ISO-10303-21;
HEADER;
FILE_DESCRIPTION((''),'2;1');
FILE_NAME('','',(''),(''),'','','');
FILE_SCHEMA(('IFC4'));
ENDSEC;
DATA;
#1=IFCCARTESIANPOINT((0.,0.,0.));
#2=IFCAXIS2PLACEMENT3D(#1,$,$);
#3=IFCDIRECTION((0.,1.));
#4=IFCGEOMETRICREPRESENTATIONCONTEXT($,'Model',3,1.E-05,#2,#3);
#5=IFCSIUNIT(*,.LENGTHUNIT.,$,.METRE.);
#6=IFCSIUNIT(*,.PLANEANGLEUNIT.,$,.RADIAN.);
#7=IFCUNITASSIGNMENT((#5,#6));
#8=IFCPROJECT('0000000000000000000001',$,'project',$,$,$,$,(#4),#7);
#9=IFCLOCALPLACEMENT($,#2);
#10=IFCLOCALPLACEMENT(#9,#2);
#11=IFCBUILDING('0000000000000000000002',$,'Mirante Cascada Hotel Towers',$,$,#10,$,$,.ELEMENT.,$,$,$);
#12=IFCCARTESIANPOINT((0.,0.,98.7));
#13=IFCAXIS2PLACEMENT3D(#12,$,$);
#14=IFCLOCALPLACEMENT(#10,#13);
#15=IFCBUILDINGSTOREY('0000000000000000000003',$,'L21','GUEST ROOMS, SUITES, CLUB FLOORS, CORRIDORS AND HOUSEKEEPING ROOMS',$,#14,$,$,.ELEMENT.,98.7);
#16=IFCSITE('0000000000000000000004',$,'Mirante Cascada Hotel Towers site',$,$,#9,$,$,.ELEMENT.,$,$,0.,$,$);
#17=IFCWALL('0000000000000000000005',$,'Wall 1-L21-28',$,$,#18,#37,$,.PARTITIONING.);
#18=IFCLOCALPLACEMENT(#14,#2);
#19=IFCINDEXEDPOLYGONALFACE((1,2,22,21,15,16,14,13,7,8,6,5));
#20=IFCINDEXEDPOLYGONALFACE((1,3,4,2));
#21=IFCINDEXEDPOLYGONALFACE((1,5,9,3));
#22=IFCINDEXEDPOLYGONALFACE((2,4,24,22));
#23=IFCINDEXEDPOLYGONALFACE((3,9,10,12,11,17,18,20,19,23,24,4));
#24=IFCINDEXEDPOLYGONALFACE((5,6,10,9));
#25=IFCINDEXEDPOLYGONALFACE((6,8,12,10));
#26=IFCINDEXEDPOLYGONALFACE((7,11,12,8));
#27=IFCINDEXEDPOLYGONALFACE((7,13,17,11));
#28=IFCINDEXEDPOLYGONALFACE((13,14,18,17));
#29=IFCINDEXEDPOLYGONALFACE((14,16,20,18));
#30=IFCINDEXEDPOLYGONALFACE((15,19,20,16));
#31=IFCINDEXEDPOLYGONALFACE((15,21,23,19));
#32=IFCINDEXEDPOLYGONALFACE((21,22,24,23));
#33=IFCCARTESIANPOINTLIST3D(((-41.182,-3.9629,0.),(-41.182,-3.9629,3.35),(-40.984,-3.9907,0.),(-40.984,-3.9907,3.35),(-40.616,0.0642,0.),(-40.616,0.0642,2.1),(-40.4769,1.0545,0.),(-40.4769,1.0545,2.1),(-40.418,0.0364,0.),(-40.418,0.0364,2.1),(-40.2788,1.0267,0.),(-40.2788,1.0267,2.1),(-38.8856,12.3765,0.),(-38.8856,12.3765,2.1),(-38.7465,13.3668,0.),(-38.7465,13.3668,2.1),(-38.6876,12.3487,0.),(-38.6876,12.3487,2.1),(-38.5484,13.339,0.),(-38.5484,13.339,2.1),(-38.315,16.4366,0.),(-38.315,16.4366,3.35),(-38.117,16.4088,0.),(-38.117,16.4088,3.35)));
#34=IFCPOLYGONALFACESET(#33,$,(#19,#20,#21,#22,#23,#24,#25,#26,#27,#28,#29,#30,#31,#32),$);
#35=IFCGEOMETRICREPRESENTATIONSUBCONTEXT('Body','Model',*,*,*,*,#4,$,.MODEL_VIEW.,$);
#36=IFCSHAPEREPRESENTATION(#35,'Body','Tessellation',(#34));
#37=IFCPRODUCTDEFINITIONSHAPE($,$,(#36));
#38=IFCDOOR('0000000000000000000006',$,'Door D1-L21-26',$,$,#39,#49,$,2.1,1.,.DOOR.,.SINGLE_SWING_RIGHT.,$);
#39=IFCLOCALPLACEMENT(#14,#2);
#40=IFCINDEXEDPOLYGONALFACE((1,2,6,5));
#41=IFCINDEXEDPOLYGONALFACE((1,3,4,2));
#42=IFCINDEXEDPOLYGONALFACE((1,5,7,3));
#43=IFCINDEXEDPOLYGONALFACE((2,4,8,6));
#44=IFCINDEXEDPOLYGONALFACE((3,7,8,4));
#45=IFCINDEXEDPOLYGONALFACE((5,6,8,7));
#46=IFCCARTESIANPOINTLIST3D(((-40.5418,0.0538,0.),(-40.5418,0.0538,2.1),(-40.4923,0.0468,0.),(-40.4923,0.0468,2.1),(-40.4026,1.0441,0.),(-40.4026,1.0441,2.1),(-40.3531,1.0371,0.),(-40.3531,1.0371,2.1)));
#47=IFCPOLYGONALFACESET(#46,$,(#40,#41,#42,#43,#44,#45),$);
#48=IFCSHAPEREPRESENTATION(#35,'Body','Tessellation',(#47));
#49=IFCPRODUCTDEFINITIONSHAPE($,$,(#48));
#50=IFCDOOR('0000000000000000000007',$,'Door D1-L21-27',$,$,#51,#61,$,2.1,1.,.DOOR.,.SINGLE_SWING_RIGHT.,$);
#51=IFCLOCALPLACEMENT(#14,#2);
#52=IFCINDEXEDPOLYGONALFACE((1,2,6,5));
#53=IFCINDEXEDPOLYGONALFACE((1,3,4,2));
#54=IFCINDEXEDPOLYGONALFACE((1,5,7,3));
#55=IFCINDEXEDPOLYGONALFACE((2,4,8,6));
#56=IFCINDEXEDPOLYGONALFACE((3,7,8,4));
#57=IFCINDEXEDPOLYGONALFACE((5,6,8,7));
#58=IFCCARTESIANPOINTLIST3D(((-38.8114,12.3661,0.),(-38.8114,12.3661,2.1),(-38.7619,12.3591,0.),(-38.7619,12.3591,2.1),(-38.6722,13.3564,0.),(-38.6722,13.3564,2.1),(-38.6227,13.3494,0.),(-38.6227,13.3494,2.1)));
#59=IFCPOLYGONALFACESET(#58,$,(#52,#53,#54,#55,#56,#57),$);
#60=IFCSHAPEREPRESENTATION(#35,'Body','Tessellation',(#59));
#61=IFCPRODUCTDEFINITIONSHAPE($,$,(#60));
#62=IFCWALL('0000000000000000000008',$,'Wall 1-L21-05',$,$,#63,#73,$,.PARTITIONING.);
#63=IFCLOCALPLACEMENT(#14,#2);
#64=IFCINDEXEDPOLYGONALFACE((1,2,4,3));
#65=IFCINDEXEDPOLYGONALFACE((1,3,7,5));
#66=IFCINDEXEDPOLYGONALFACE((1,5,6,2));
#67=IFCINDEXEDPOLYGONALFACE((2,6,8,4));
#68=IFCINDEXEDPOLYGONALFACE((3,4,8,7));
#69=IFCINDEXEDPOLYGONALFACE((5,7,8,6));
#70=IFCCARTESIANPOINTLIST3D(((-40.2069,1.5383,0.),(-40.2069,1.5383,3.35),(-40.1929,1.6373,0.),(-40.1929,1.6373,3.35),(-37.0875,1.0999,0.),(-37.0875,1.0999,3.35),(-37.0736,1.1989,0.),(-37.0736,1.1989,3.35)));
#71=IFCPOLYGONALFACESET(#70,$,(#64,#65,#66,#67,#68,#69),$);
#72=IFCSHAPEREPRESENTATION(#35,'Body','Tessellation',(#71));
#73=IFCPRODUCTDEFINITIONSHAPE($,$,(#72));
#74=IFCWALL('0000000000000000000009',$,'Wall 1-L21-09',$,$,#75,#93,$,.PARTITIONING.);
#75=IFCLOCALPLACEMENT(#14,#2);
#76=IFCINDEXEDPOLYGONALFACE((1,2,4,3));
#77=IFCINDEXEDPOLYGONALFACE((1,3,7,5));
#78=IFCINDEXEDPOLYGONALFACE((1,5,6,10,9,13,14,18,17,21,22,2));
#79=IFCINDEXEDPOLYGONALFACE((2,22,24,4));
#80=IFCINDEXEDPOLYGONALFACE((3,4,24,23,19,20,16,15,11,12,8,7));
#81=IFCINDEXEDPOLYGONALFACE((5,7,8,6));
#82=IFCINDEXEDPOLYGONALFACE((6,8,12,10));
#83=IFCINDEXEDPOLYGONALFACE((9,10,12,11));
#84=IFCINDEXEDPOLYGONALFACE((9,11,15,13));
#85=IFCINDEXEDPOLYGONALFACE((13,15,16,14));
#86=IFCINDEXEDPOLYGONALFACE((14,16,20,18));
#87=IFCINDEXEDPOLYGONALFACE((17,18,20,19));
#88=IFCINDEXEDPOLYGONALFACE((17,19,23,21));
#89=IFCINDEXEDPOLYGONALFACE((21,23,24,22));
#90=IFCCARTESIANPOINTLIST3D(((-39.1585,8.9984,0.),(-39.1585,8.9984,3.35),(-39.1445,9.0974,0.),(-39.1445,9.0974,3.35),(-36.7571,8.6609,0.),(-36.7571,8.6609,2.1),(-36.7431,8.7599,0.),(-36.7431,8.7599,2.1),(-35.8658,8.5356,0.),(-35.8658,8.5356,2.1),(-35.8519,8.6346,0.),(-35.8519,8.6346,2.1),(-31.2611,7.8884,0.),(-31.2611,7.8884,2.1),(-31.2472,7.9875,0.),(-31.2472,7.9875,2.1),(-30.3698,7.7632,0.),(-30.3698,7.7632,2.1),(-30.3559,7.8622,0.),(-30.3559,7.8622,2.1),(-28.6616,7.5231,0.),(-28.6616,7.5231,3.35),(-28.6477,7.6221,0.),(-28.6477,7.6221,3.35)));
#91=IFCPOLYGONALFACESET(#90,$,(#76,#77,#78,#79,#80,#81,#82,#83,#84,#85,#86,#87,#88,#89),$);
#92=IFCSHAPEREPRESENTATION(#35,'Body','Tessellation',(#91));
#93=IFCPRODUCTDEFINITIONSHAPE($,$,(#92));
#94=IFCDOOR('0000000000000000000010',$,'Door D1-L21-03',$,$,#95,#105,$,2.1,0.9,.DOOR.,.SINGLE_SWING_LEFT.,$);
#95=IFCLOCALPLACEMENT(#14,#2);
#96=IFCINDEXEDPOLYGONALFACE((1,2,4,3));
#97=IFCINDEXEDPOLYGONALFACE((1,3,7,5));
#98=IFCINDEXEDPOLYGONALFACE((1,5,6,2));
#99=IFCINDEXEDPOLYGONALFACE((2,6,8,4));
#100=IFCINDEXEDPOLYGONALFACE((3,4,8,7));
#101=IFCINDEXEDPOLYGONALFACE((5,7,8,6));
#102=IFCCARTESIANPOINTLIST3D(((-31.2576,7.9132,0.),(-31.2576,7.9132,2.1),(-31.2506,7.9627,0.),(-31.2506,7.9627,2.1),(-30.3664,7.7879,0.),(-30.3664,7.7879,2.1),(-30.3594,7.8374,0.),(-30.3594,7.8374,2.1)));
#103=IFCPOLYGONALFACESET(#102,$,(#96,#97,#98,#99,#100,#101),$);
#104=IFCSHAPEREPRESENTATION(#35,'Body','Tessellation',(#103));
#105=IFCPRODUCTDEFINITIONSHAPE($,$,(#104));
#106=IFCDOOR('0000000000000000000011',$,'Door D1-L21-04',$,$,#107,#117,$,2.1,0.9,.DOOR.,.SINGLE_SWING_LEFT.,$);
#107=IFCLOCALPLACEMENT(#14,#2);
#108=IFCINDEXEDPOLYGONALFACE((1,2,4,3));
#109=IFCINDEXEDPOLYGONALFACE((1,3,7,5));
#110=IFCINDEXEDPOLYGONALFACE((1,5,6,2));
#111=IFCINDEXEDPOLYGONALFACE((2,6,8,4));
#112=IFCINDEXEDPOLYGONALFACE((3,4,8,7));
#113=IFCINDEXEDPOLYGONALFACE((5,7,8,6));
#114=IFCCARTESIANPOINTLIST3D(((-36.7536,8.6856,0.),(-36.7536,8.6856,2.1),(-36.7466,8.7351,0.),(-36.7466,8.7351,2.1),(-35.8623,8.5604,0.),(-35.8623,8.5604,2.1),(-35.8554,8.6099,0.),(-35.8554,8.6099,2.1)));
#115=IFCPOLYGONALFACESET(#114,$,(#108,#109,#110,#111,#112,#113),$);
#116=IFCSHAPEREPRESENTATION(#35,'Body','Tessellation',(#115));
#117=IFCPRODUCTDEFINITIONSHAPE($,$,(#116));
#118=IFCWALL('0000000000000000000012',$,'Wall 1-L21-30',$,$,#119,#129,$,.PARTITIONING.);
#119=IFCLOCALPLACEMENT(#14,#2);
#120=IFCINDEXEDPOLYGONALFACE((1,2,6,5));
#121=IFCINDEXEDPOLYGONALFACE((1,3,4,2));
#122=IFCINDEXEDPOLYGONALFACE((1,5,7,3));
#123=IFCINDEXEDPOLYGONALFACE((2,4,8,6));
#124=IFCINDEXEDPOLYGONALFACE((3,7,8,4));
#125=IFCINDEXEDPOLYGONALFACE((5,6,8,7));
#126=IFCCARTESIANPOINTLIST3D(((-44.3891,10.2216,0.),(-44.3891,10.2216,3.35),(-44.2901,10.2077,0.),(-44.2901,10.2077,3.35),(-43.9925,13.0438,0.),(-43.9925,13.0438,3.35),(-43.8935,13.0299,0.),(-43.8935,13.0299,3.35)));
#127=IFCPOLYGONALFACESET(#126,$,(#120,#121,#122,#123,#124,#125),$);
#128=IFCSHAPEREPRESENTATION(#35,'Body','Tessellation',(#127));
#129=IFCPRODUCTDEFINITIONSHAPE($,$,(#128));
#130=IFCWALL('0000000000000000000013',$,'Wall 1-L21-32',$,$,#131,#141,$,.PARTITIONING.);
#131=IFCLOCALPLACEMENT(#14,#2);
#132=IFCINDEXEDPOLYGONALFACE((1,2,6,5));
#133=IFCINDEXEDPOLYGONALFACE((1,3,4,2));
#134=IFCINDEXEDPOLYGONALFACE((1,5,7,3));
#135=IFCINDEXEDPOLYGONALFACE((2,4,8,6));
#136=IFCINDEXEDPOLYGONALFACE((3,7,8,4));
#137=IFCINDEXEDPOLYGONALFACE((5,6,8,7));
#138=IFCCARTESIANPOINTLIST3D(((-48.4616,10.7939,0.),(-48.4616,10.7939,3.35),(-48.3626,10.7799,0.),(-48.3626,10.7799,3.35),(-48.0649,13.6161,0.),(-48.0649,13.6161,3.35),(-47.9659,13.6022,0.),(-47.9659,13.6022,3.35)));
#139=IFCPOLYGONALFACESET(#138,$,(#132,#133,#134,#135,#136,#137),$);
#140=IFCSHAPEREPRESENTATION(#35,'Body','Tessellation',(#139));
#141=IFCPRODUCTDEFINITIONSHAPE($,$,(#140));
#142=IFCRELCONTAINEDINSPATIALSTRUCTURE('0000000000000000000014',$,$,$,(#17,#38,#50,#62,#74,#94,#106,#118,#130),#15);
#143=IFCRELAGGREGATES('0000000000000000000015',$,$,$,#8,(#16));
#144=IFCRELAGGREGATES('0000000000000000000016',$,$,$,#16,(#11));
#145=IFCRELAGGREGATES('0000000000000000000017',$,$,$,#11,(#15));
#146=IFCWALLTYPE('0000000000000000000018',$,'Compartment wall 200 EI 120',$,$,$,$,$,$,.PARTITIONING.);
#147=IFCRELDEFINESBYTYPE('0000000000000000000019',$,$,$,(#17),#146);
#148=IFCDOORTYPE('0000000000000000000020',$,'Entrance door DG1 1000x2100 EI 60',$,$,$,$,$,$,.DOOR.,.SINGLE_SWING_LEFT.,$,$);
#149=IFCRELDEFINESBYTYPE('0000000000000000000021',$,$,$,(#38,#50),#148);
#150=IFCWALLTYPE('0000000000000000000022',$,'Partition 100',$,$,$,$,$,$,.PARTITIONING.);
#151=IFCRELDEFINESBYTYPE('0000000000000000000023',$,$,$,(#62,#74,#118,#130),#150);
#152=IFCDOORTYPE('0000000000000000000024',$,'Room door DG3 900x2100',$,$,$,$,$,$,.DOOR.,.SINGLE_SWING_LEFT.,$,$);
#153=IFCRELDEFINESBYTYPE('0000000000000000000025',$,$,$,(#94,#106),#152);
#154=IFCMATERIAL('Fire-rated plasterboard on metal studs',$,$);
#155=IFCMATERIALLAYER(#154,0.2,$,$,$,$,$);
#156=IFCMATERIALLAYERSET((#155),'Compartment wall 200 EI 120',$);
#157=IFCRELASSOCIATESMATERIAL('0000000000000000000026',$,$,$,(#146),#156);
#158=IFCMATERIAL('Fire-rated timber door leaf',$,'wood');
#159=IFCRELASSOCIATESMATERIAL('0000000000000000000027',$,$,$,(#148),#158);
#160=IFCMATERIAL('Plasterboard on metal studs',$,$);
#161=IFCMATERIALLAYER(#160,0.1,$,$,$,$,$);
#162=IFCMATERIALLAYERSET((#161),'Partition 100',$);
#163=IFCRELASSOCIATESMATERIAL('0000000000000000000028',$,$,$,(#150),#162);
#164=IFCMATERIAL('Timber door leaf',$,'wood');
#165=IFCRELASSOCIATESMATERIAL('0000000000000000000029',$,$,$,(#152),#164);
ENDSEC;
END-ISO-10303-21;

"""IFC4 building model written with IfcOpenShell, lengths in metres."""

from ifc_helpers import new_model, si_unit, direction, frame, frame_2d, origin, place, context, subcontext, project, spatial, rectangle, extrude, material, layer, layer_set, type_object, element, fill, save


model = new_model("IFC4")

# Units and contexts
model_context = context("Model", 3, precision=1e-05, world=origin(), true_north=direction((0.0, 1.0)))
body_context = subcontext(model_context, "Body", "Model", "MODEL_VIEW")
ifc_project = project(units=[si_unit("LENGTHUNIT", "METRE"), si_unit("PLANEANGLEUNIT", "RADIAN")], contexts=[model_context])

# Site, building, storey
site_placement = place(None, origin())
site = spatial("IfcSite", under=ifc_project, at=site_placement, Name="Mirante Cascada Hotel Towers site", CompositionType="ELEMENT", RefElevation=0.0)
building_placement = place(site_placement, origin())
building = spatial("IfcBuilding", under=site, at=building_placement, Name="Mirante Cascada Hotel Towers", CompositionType="ELEMENT")
storey_placement = place(building_placement, frame((0.0, 0.0, 98.7)))
storey = spatial("IfcBuildingStorey", under=building, at=storey_placement, Name="L21", Description="GUEST ROOMS, SUITES, CLUB FLOORS, CORRIDORS AND HOUSEKEEPING ROOMS", CompositionType="ELEMENT", Elevation=98.7)

# Wall, openings, doors
ifc_material_1 = material(Name="Fire-rated plasterboard on metal studs")
ifc_layer_1 = layer(ifc_material_1, 0.2)
ifc_layer_set_1 = layer_set([ifc_layer_1], Name="Compartment wall 200 EI 120")
wall_type_1 = type_object("IfcWallType", Name="Compartment wall 200 EI 120", PredefinedType="PARTITIONING", material=ifc_layer_set_1)
ifc_material_2 = material(Name="Fire-rated timber door leaf", Category="wood")
door_type_1 = type_object("IfcDoorType", Name="Entrance door DG1 1000x2100 EI 60", OperationType="SINGLE_SWING_LEFT", PredefinedType="DOOR", material=ifc_material_2)
wall_1_placement = place(storey_placement, frame((-41.083, -3.9768, 0.0), z_axis=(0.0, 0.0, 1.0), x_axis=(0.139175, 0.990268, 0.0)))
wall_1 = element("IfcWall", 1, at=wall_1_placement, inside=storey, type_object=wall_type_1, Name="Wall 1-L21-28", PredefinedType="PARTITIONING", context=body_context, shape_type="SweptSolid", body=[
    extrude(rectangle(XDim=20.6, YDim=0.2, at=frame_2d((10.3, 0.0))), origin(), (0.0, 0.0, 1.0), 3.35),
])
opening_1_placement = place(wall_1_placement, frame((4.0667, 0.0, 0.0)))
opening_1 = element("IfcOpeningElement", 2, at=opening_1_placement, cuts=wall_1, PredefinedType="OPENING", context=body_context, shape_type="SweptSolid", body=[
    extrude(rectangle(XDim=1.0, YDim=2.1, at=frame_2d((0.5, 1.05))), frame((0.0, 0.1, 0.0), z_axis=(0.0, -1.0, 0.0), x_axis=(1.0, 0.0, 0.0)), (0.0, 0.0, 1.0), 0.2),
])
opening_2_placement = place(wall_1_placement, frame((16.5, 0.0, 0.0)))
opening_2 = element("IfcOpeningElement", 3, at=opening_2_placement, cuts=wall_1, PredefinedType="OPENING", context=body_context, shape_type="SweptSolid", body=[
    extrude(rectangle(XDim=1.0, YDim=2.1, at=frame_2d((0.5, 1.05))), frame((0.0, 0.1, 0.0), z_axis=(0.0, -1.0, 0.0), x_axis=(1.0, 0.0, 0.0)), (0.0, 0.0, 1.0), 0.2),
])
door_1_placement = place(opening_1_placement, frame((1.0, 0.0, 0.0), z_axis=(0.0, 0.0, 1.0), x_axis=(-1.0, 0.0, 0.0)))
door_1 = element("IfcDoor", 4, at=door_1_placement, inside=storey, type_object=door_type_1, Name="Door D1-L21-26", OperationType="SINGLE_SWING_RIGHT", OverallHeight=2.1, OverallWidth=1.0, PredefinedType="DOOR", context=body_context, shape_type="SweptSolid", body=[
    extrude(rectangle(XDim=1.0, YDim=2.1, at=frame_2d((0.5, 1.05))), frame((0.0, 0.025, 0.0), z_axis=(0.0, -1.0, 0.0), x_axis=(1.0, 0.0, 0.0)), (0.0, 0.0, 1.0), 0.05),
])
fill(opening_1, door_1)
door_2_placement = place(opening_2_placement, frame((1.0, 0.0, 0.0), z_axis=(0.0, 0.0, 1.0), x_axis=(-1.0, 0.0, 0.0)))
door_2 = element("IfcDoor", 5, at=door_2_placement, inside=storey, type_object=door_type_1, Name="Door D1-L21-27", OperationType="SINGLE_SWING_RIGHT", OverallHeight=2.1, OverallWidth=1.0, PredefinedType="DOOR", context=body_context, shape_type="SweptSolid", body=[
    extrude(rectangle(XDim=1.0, YDim=2.1, at=frame_2d((0.5, 1.05))), frame((0.0, 0.025, 0.0), z_axis=(0.0, -1.0, 0.0), x_axis=(1.0, 0.0, 0.0)), (0.0, 0.0, 1.0), 0.05),
])
fill(opening_2, door_2)

# Wall
ifc_material_3 = material(Name="Plasterboard on metal studs")
ifc_layer_2 = layer(ifc_material_3, 0.1)
ifc_layer_set_2 = layer_set([ifc_layer_2], Name="Partition 100")
wall_type_2 = type_object("IfcWallType", Name="Partition 100", PredefinedType="PARTITIONING", material=ifc_layer_set_2)
wall_2_placement = place(storey_placement, frame((-40.1999, 1.5878, 0.0), z_axis=(0.0, 0.0, 1.0), x_axis=(0.990268, -0.139177, 0.0)))
element("IfcWall", 6, at=wall_2_placement, inside=storey, type_object=wall_type_2, Name="Wall 1-L21-05", PredefinedType="PARTITIONING", context=body_context, shape_type="SweptSolid", body=[
    extrude(rectangle(XDim=3.15, YDim=0.1, at=frame_2d((1.575, 0.0))), origin(), (0.0, 0.0, 1.0), 3.35),
])

# Wall, openings, doors
wall_3_placement = place(storey_placement, frame((-39.1515, 9.0479, 0.0), z_axis=(0.0, 0.0, 1.0), x_axis=(0.990267, -0.13918, 0.0)))
wall_3 = element("IfcWall", 7, at=wall_3_placement, inside=storey, type_object=wall_type_2, Name="Wall 1-L21-09", PredefinedType="PARTITIONING", context=body_context, shape_type="SweptSolid", body=[
    extrude(rectangle(XDim=10.6, YDim=0.1, at=frame_2d((5.3, 0.0))), origin(), (0.0, 0.0, 1.0), 3.35),
])
opening_3_placement = place(wall_3_placement, frame((7.975, 0.0, 0.0)))
opening_3 = element("IfcOpeningElement", 8, at=opening_3_placement, cuts=wall_3, PredefinedType="OPENING", context=body_context, shape_type="SweptSolid", body=[
    extrude(rectangle(XDim=0.9, YDim=2.1, at=frame_2d((0.45, 1.05))), frame((0.0, 0.05, 0.0), z_axis=(0.0, -1.0, 0.0), x_axis=(1.0, 0.0, 0.0)), (0.0, 0.0, 1.0), 0.1),
])
opening_4_placement = place(wall_3_placement, frame((2.425, 0.0, 0.0)))
opening_4 = element("IfcOpeningElement", 9, at=opening_4_placement, cuts=wall_3, PredefinedType="OPENING", context=body_context, shape_type="SweptSolid", body=[
    extrude(rectangle(XDim=0.9, YDim=2.1, at=frame_2d((0.45, 1.05))), frame((0.0, 0.05, 0.0), z_axis=(0.0, -1.0, 0.0), x_axis=(1.0, 0.0, 0.0)), (0.0, 0.0, 1.0), 0.1),
])
ifc_material_4 = material(Name="Timber door leaf", Category="wood")
door_type_2 = type_object("IfcDoorType", Name="Room door DG3 900x2100", OperationType="SINGLE_SWING_LEFT", PredefinedType="DOOR", material=ifc_material_4)
door_3_placement = place(opening_3_placement, origin())
door_3 = element("IfcDoor", 10, at=door_3_placement, inside=storey, type_object=door_type_2, Name="Door D1-L21-03", OperationType="SINGLE_SWING_LEFT", OverallHeight=2.1, OverallWidth=0.9, PredefinedType="DOOR", context=body_context, shape_type="SweptSolid", body=[
    extrude(rectangle(XDim=0.9, YDim=2.1, at=frame_2d((0.45, 1.05))), frame((0.0, 0.025, 0.0), z_axis=(0.0, -1.0, 0.0), x_axis=(1.0, 0.0, 0.0)), (0.0, 0.0, 1.0), 0.05),
])
fill(opening_3, door_3)
door_4_placement = place(opening_4_placement, origin())
door_4 = element("IfcDoor", 11, at=door_4_placement, inside=storey, type_object=door_type_2, Name="Door D1-L21-04", OperationType="SINGLE_SWING_LEFT", OverallHeight=2.1, OverallWidth=0.9, PredefinedType="DOOR", context=body_context, shape_type="SweptSolid", body=[
    extrude(rectangle(XDim=0.9, YDim=2.1, at=frame_2d((0.45, 1.05))), frame((0.0, 0.025, 0.0), z_axis=(0.0, -1.0, 0.0), x_axis=(1.0, 0.0, 0.0)), (0.0, 0.0, 1.0), 0.05),
])
fill(opening_4, door_4)

# Walls
wall_4_placement = place(storey_placement, frame((-44.3396, 10.2146, 0.0), z_axis=(0.0, 0.0, 1.0), x_axis=(0.139161, 0.99027, 0.0)))
element("IfcWall", 12, at=wall_4_placement, inside=storey, type_object=wall_type_2, Name="Wall 1-L21-30", PredefinedType="PARTITIONING", context=body_context, shape_type="SweptSolid", body=[
    extrude(rectangle(XDim=2.8499, YDim=0.1, at=frame_2d((1.425, 0.0))), origin(), (0.0, 0.0, 1.0), 3.35),
])
wall_5_placement = place(storey_placement, frame((-48.4121, 10.7869, 0.0), z_axis=(0.0, 0.0, 1.0), x_axis=(0.139191, 0.990266, 0.0)))
element("IfcWall", 13, at=wall_5_placement, inside=storey, type_object=wall_type_2, Name="Wall 1-L21-32", PredefinedType="PARTITIONING", context=body_context, shape_type="SweptSolid", body=[
    extrude(rectangle(XDim=2.85, YDim=0.1, at=frame_2d((1.425, 0.0))), origin(), (0.0, 0.0, 1.0), 3.35),
])

save(model, "model.ifc")
